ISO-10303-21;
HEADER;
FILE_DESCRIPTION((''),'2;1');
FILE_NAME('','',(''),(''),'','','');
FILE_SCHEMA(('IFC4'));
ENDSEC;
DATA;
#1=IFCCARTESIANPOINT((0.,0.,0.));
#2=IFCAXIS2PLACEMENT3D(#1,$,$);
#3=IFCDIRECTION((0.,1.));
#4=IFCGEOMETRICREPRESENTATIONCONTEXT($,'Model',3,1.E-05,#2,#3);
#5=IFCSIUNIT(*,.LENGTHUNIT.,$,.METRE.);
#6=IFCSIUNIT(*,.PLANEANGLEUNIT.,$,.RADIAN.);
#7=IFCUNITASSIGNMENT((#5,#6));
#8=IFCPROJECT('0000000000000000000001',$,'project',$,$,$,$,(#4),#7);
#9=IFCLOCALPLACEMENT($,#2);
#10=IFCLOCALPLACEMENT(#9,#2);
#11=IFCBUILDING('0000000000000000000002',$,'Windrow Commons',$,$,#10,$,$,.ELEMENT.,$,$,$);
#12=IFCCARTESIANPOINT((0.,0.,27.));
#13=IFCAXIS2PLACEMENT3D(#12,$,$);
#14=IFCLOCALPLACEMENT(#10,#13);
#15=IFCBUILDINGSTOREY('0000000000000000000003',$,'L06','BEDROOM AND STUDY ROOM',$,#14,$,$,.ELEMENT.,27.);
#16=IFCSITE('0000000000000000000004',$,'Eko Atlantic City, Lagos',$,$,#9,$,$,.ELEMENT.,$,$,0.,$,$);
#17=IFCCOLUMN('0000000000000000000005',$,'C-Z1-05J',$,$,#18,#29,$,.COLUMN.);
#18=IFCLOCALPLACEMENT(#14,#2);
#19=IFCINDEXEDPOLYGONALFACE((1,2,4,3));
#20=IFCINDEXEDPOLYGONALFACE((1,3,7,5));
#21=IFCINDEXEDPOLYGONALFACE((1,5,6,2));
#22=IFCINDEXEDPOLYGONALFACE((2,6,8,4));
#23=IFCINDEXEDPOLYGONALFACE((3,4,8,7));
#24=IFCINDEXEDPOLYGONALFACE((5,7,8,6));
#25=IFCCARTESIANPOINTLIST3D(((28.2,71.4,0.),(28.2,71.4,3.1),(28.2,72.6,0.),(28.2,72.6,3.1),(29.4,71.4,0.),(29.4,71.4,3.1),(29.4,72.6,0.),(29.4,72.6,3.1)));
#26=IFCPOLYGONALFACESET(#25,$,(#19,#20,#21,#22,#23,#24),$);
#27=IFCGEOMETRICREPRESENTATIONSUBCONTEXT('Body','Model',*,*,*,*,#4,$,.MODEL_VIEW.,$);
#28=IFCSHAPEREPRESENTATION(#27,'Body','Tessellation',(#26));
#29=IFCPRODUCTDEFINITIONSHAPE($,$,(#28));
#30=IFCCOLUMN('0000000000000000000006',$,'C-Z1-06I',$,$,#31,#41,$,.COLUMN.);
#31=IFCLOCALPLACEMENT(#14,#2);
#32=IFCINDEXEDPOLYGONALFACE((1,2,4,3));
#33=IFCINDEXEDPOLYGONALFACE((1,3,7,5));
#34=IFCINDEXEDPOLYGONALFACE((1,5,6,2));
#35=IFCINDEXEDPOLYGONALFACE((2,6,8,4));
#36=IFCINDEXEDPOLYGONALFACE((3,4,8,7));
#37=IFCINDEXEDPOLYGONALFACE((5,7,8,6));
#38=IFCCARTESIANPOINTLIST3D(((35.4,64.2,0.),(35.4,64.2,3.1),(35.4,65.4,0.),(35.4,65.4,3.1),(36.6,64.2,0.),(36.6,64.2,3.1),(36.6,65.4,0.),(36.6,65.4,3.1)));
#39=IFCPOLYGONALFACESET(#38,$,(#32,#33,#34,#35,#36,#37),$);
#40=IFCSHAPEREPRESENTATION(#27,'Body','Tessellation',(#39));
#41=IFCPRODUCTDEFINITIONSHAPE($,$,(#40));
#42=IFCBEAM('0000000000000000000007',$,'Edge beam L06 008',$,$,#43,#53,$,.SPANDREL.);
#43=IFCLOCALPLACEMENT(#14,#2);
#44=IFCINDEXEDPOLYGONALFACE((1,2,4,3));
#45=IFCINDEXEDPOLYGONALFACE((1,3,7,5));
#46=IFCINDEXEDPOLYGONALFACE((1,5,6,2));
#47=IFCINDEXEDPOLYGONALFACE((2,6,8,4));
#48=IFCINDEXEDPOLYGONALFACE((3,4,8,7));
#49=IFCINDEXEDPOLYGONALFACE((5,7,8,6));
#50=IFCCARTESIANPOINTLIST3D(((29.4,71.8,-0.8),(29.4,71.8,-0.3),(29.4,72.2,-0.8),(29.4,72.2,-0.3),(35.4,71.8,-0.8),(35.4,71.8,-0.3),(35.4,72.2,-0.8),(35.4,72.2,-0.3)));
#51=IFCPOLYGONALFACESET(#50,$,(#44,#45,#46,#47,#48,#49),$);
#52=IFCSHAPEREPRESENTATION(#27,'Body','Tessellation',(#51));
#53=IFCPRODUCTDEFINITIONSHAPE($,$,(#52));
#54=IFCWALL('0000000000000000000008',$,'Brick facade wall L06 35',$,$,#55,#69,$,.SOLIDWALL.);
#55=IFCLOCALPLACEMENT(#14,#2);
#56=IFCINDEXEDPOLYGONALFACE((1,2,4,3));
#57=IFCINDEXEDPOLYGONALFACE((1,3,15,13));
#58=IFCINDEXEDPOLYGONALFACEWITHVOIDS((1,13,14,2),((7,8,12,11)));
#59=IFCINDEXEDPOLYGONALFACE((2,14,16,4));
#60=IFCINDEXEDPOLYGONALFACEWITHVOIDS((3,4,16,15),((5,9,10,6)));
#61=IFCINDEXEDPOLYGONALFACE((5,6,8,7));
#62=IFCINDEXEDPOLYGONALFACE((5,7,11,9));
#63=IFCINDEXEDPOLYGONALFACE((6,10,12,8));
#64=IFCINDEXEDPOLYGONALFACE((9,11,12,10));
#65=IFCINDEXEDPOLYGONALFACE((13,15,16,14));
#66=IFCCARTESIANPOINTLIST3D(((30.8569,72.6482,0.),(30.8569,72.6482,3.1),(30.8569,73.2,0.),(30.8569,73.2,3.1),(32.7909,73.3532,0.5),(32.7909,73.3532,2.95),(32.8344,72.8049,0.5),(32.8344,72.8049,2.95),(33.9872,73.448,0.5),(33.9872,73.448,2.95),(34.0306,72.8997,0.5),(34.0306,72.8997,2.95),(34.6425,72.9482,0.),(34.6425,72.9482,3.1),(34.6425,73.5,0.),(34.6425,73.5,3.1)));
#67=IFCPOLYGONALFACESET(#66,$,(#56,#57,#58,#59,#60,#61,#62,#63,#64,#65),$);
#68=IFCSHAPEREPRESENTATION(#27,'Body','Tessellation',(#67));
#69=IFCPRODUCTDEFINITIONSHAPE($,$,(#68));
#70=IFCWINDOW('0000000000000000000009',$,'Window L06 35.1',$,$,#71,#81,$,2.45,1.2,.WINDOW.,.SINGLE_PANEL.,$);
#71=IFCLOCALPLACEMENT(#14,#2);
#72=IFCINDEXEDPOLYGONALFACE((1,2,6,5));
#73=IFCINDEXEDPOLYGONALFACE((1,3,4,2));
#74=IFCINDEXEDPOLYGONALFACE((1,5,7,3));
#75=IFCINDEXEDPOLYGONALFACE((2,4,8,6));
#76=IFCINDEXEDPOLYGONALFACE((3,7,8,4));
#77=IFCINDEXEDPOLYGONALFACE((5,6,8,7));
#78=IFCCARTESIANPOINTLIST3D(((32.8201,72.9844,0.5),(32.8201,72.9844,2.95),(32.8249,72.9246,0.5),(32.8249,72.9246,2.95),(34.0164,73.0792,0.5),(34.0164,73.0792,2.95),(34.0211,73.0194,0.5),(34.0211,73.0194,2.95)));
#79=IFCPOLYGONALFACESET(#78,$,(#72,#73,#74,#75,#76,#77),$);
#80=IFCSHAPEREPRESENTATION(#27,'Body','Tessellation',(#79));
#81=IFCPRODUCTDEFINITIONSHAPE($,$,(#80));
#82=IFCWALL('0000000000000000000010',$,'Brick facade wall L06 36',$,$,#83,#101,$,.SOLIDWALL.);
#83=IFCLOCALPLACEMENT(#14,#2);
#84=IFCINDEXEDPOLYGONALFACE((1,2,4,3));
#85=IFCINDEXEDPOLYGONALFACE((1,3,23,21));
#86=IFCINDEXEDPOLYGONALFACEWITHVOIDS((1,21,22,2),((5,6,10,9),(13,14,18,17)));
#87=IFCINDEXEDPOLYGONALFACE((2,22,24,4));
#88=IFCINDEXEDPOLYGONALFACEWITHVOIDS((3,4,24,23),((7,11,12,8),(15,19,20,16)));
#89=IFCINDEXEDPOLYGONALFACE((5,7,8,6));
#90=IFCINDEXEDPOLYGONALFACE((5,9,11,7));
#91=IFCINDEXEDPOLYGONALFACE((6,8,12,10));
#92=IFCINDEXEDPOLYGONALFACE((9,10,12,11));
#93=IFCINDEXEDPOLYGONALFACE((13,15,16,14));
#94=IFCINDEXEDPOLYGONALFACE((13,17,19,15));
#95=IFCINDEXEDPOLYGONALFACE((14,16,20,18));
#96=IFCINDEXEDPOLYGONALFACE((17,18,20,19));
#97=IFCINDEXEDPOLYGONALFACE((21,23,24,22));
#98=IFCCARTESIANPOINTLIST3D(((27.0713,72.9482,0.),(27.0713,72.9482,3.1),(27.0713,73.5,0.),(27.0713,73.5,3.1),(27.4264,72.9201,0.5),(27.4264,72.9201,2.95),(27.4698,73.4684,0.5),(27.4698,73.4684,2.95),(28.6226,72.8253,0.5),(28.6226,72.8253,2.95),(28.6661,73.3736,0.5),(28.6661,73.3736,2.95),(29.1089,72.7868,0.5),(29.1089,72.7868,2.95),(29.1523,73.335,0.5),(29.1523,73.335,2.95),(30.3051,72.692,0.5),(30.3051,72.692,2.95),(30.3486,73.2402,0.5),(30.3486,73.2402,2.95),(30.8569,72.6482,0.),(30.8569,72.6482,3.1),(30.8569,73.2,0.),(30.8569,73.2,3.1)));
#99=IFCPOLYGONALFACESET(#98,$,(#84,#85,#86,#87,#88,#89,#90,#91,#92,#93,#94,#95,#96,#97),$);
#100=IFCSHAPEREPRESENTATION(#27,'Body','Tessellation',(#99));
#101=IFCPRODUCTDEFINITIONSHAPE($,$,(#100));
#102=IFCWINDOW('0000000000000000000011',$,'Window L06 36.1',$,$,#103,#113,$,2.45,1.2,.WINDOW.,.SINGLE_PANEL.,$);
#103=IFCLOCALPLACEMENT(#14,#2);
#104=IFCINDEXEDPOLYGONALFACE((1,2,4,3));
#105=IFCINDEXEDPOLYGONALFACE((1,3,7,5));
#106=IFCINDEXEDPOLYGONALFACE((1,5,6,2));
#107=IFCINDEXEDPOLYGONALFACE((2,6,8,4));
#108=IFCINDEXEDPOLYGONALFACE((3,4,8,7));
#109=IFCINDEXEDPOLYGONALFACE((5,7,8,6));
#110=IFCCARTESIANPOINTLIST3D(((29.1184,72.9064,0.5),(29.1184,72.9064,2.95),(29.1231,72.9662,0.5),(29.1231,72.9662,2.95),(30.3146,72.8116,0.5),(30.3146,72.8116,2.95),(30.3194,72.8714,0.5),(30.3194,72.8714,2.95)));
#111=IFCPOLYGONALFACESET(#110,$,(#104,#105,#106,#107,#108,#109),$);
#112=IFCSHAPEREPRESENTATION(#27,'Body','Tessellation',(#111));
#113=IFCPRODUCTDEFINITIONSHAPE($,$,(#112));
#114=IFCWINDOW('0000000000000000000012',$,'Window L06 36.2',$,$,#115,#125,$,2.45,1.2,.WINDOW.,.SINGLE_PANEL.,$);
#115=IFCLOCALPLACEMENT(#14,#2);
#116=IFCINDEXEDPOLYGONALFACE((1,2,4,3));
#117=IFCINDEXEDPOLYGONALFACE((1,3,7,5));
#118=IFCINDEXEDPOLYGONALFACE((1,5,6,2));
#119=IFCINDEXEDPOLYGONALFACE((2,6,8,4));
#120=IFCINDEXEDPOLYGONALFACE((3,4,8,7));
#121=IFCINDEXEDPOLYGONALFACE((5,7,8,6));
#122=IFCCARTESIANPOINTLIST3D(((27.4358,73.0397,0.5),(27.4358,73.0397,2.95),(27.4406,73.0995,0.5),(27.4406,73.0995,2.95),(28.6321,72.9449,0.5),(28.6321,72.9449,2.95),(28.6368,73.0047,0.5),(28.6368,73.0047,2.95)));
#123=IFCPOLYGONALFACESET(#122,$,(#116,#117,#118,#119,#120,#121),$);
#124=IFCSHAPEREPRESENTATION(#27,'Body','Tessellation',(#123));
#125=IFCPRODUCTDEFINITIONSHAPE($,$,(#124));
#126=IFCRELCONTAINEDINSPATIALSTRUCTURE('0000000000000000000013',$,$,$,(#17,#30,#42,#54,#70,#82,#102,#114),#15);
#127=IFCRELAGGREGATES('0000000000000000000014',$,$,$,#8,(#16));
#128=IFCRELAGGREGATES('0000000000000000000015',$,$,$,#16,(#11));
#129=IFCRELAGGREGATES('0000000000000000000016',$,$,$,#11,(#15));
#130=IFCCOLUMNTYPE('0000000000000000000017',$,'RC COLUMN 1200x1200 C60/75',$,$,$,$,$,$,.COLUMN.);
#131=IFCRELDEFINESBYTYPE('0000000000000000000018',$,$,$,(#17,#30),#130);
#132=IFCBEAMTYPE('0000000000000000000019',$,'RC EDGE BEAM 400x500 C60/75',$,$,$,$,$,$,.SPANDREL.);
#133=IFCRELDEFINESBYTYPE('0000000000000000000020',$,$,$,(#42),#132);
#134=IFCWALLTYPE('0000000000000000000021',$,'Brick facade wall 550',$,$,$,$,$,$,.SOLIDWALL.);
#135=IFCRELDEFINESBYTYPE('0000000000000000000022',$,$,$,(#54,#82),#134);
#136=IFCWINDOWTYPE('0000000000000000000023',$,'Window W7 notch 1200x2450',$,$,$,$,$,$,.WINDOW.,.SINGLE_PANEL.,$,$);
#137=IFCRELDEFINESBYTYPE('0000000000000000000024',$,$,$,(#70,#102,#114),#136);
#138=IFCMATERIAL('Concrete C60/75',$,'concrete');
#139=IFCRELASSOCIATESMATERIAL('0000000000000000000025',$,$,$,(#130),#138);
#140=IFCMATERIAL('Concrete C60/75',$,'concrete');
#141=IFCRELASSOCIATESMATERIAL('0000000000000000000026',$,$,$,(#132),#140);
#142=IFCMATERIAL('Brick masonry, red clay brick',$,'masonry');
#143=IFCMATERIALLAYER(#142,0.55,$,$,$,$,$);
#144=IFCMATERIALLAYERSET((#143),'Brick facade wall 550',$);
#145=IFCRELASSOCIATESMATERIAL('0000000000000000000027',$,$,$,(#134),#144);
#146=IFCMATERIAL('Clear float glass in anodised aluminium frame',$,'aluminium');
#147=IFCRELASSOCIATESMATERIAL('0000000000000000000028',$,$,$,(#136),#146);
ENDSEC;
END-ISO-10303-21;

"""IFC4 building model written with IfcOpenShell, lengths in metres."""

from ifc_helpers import new_model, si_unit, direction, frame, frame_2d, origin, origin_2d, place, context, subcontext, project, spatial, polyline, rectangle, outline, extrude, material, layer, layer_set, material_profile, profile_set, type_object, element, fill, save


model = new_model("IFC4")

# Units and contexts
model_context = context("Model", 3, precision=1e-05, world=origin(), true_north=direction((0.0, 1.0)))
body_context = subcontext(model_context, "Body", "Model", "MODEL_VIEW")
ifc_project = project(units=[si_unit("LENGTHUNIT", "METRE"), si_unit("PLANEANGLEUNIT", "RADIAN")], contexts=[model_context])

# Site, building, storey
site_placement = place(None, origin())
site = spatial("IfcSite", under=ifc_project, at=site_placement, Name="Eko Atlantic City, Lagos", CompositionType="ELEMENT", RefElevation=0.0)
building_placement = place(site_placement, origin())
building = spatial("IfcBuilding", under=site, at=building_placement, Name="Windrow Commons", CompositionType="ELEMENT")
storey_placement = place(building_placement, frame((0.0, 0.0, 27.0)))
storey = spatial("IfcBuildingStorey", under=building, at=storey_placement, Name="L06", Description="BEDROOM AND STUDY ROOM", CompositionType="ELEMENT", Elevation=27.0)

# Columns
ifc_material_1 = material(Name="Concrete C60/75", Category="concrete")
ifc_material_profile_1 = material_profile(ifc_material_1, rectangle(XDim=1.2, YDim=1.2, at=origin_2d()))
ifc_profile_set_1 = profile_set([ifc_material_profile_1], Name="Concrete C60/75")
column_type = type_object("IfcColumnType", Name="RC COLUMN 1200x1200 C60/75", PredefinedType="COLUMN", material=ifc_profile_set_1)
for number, where, z_axis, x_axis, name in (
    (1, (28.8, 72.0, 0.0), (0.0, 0.0, 1.0), (1.0, 0.0, 0.0), "C-Z1-05J"),
    (2, (36.0, 64.8, 0.0), (0.0, 0.0, 1.0), (1.0, 0.0, 0.0), "C-Z1-06I"),
):
    element("IfcColumn", number, at=place(storey_placement, frame(where, z_axis=z_axis, x_axis=x_axis)), inside=storey, type_object=column_type, Name=name, PredefinedType="COLUMN", context=body_context, shape_type="SweptSolid", body=[
        extrude(rectangle(XDim=1.2, YDim=1.2, at=origin_2d()), origin(), (0.0, 0.0, 1.0), 3.1),
    ])

# Beam
ifc_material_2 = material(Name="Concrete C60/75", Category="concrete")
ifc_material_profile_2 = material_profile(ifc_material_2, rectangle(XDim=0.4, YDim=0.5, at=origin_2d()))
ifc_profile_set_2 = profile_set([ifc_material_profile_2], Name="Concrete C60/75")
beam_type = type_object("IfcBeamType", Name="RC EDGE BEAM 400x500 C60/75", PredefinedType="SPANDREL", material=ifc_profile_set_2)
beam_placement = place(storey_placement, frame((29.4, 72.0, -0.55), z_axis=(1.0, 0.0, 0.0), x_axis=(0.0, 1.0, 0.0)))
element("IfcBeam", 3, at=beam_placement, inside=storey, type_object=beam_type, Name="Edge beam L06 008", PredefinedType="SPANDREL", context=body_context, shape_type="SweptSolid", body=[
    extrude(rectangle(XDim=0.4, YDim=0.5, at=origin_2d()), origin(), (0.0, 0.0, 1.0), 6.0),
])

# Wall, opening, window
ifc_material_3 = material(Name="Brick masonry, red clay brick", Category="masonry")
ifc_layer_1 = layer(ifc_material_3, 0.55)
ifc_layer_set_1 = layer_set([ifc_layer_1], Name="Brick facade wall 550")
wall_type_1 = type_object("IfcWallType", Name="Brick facade wall 550", PredefinedType="SOLIDWALL", material=ifc_layer_set_1)
wall_1_placement = place(storey_placement, frame((34.6425, 73.2241, 0.0), z_axis=(0.0, 0.0, 1.0), x_axis=(-0.996875, -0.079, 0.0)))
wall_1 = element("IfcWall", 4, at=wall_1_placement, inside=storey, type_object=wall_type_1, Name="Brick facade wall L06 35", PredefinedType="SOLIDWALL", context=body_context, shape_type="SweptSolid", body=[
    extrude(outline(polyline([(-0.0218, -0.275), (3.7757, -0.275), (3.8193, 0.275), (0.0218, 0.275), (-0.0218, -0.275)])), origin(), (0.0, 0.0, 1.0), 3.1),
])
opening_1_placement = place(wall_1_placement, frame((0.6356, 0.0, 0.5)))
opening_1 = element("IfcOpeningElement", 5, at=opening_1_placement, cuts=wall_1, PredefinedType="OPENING", context=body_context, shape_type="SweptSolid", body=[
    extrude(rectangle(XDim=1.2, YDim=2.45, at=frame_2d((0.6, 1.225))), frame((0.0, 0.285, 0.0), z_axis=(0.0, -1.0, 0.0), x_axis=(1.0, 0.0, 0.0)), (0.0, 0.0, 1.0), 0.57),
])
ifc_material_4 = material(Name="Clear float glass in anodised aluminium frame", Category="aluminium")
window_type = type_object("IfcWindowType", Name="Window W7 notch 1200x2450", PartitioningType="SINGLE_PANEL", PredefinedType="WINDOW", material=ifc_material_4)
window_1_placement = place(opening_1_placement, origin())
window_1 = element("IfcWindow", 6, at=window_1_placement, inside=storey, type_object=window_type, Name="Window L06 35.1", OverallHeight=2.45, OverallWidth=1.2, PartitioningType="SINGLE_PANEL", PredefinedType="WINDOW", context=body_context, shape_type="SweptSolid", body=[
    extrude(rectangle(XDim=1.2, YDim=2.45, at=frame_2d((0.6, 1.225))), frame((0.0, 0.155, 0.0), z_axis=(0.0, -1.0, 0.0), x_axis=(1.0, 0.0, 0.0)), (0.0, 0.0, 1.0), 0.06),
])
fill(opening_1, window_1)

# Wall, openings, windows
wall_2_placement = place(storey_placement, frame((30.8569, 72.9241, 0.0), z_axis=(0.0, 0.0, 1.0), x_axis=(-0.996875, 0.078998, 0.0)))
wall_2 = element("IfcWall", 7, at=wall_2_placement, inside=storey, type_object=wall_type_1, Name="Brick facade wall L06 36", PredefinedType="SOLIDWALL", context=body_context, shape_type="SweptSolid", body=[
    extrude(outline(polyline([(0.0218, -0.275), (3.8193, -0.275), (3.7757, 0.275), (-0.0218, 0.275), (0.0218, -0.275)])), origin(), (0.0, 0.0, 1.0), 3.1),
])
opening_2_placement = place(wall_2_placement, frame((0.5317, 0.0, 0.5)))
opening_2 = element("IfcOpeningElement", 8, at=opening_2_placement, cuts=wall_2, PredefinedType="OPENING", context=body_context, shape_type="SweptSolid", body=[
    extrude(rectangle(XDim=1.2, YDim=2.45, at=frame_2d((0.6, 1.225))), frame((0.0, 0.285, 0.0), z_axis=(0.0, -1.0, 0.0), x_axis=(1.0, 0.0, 0.0)), (0.0, 0.0, 1.0), 0.57),
])
opening_3_placement = place(wall_2_placement, frame((2.2195, 0.0, 0.5)))
opening_3 = element("IfcOpeningElement", 9, at=opening_3_placement, cuts=wall_2, PredefinedType="OPENING", context=body_context, shape_type="SweptSolid", body=[
    extrude(rectangle(XDim=1.2, YDim=2.45, at=frame_2d((0.6, 1.225))), frame((0.0, 0.285, 0.0), z_axis=(0.0, -1.0, 0.0), x_axis=(1.0, 0.0, 0.0)), (0.0, 0.0, 1.0), 0.57),
])
window_2_placement = place(opening_2_placement, origin())
window_2 = element("IfcWindow", 10, at=window_2_placement, inside=storey, type_object=window_type, Name="Window L06 36.1", OverallHeight=2.45, OverallWidth=1.2, PartitioningType="SINGLE_PANEL", PredefinedType="WINDOW", context=body_context, shape_type="SweptSolid", body=[
    extrude(rectangle(XDim=1.2, YDim=2.45, at=frame_2d((0.6, 1.225))), frame((0.0, 0.155, 0.0), z_axis=(0.0, -1.0, 0.0), x_axis=(1.0, 0.0, 0.0)), (0.0, 0.0, 1.0), 0.06),
])
fill(opening_2, window_2)
window_3_placement = place(opening_3_placement, origin())
window_3 = element("IfcWindow", 11, at=window_3_placement, inside=storey, type_object=window_type, Name="Window L06 36.2", OverallHeight=2.45, OverallWidth=1.2, PartitioningType="SINGLE_PANEL", PredefinedType="WINDOW", context=body_context, shape_type="SweptSolid", body=[
    extrude(rectangle(XDim=1.2, YDim=2.45, at=frame_2d((0.6, 1.225))), frame((0.0, 0.155, 0.0), z_axis=(0.0, -1.0, 0.0), x_axis=(1.0, 0.0, 0.0)), (0.0, 0.0, 1.0), 0.06),
])
fill(opening_3, window_3)

save(model, "model.ifc")
